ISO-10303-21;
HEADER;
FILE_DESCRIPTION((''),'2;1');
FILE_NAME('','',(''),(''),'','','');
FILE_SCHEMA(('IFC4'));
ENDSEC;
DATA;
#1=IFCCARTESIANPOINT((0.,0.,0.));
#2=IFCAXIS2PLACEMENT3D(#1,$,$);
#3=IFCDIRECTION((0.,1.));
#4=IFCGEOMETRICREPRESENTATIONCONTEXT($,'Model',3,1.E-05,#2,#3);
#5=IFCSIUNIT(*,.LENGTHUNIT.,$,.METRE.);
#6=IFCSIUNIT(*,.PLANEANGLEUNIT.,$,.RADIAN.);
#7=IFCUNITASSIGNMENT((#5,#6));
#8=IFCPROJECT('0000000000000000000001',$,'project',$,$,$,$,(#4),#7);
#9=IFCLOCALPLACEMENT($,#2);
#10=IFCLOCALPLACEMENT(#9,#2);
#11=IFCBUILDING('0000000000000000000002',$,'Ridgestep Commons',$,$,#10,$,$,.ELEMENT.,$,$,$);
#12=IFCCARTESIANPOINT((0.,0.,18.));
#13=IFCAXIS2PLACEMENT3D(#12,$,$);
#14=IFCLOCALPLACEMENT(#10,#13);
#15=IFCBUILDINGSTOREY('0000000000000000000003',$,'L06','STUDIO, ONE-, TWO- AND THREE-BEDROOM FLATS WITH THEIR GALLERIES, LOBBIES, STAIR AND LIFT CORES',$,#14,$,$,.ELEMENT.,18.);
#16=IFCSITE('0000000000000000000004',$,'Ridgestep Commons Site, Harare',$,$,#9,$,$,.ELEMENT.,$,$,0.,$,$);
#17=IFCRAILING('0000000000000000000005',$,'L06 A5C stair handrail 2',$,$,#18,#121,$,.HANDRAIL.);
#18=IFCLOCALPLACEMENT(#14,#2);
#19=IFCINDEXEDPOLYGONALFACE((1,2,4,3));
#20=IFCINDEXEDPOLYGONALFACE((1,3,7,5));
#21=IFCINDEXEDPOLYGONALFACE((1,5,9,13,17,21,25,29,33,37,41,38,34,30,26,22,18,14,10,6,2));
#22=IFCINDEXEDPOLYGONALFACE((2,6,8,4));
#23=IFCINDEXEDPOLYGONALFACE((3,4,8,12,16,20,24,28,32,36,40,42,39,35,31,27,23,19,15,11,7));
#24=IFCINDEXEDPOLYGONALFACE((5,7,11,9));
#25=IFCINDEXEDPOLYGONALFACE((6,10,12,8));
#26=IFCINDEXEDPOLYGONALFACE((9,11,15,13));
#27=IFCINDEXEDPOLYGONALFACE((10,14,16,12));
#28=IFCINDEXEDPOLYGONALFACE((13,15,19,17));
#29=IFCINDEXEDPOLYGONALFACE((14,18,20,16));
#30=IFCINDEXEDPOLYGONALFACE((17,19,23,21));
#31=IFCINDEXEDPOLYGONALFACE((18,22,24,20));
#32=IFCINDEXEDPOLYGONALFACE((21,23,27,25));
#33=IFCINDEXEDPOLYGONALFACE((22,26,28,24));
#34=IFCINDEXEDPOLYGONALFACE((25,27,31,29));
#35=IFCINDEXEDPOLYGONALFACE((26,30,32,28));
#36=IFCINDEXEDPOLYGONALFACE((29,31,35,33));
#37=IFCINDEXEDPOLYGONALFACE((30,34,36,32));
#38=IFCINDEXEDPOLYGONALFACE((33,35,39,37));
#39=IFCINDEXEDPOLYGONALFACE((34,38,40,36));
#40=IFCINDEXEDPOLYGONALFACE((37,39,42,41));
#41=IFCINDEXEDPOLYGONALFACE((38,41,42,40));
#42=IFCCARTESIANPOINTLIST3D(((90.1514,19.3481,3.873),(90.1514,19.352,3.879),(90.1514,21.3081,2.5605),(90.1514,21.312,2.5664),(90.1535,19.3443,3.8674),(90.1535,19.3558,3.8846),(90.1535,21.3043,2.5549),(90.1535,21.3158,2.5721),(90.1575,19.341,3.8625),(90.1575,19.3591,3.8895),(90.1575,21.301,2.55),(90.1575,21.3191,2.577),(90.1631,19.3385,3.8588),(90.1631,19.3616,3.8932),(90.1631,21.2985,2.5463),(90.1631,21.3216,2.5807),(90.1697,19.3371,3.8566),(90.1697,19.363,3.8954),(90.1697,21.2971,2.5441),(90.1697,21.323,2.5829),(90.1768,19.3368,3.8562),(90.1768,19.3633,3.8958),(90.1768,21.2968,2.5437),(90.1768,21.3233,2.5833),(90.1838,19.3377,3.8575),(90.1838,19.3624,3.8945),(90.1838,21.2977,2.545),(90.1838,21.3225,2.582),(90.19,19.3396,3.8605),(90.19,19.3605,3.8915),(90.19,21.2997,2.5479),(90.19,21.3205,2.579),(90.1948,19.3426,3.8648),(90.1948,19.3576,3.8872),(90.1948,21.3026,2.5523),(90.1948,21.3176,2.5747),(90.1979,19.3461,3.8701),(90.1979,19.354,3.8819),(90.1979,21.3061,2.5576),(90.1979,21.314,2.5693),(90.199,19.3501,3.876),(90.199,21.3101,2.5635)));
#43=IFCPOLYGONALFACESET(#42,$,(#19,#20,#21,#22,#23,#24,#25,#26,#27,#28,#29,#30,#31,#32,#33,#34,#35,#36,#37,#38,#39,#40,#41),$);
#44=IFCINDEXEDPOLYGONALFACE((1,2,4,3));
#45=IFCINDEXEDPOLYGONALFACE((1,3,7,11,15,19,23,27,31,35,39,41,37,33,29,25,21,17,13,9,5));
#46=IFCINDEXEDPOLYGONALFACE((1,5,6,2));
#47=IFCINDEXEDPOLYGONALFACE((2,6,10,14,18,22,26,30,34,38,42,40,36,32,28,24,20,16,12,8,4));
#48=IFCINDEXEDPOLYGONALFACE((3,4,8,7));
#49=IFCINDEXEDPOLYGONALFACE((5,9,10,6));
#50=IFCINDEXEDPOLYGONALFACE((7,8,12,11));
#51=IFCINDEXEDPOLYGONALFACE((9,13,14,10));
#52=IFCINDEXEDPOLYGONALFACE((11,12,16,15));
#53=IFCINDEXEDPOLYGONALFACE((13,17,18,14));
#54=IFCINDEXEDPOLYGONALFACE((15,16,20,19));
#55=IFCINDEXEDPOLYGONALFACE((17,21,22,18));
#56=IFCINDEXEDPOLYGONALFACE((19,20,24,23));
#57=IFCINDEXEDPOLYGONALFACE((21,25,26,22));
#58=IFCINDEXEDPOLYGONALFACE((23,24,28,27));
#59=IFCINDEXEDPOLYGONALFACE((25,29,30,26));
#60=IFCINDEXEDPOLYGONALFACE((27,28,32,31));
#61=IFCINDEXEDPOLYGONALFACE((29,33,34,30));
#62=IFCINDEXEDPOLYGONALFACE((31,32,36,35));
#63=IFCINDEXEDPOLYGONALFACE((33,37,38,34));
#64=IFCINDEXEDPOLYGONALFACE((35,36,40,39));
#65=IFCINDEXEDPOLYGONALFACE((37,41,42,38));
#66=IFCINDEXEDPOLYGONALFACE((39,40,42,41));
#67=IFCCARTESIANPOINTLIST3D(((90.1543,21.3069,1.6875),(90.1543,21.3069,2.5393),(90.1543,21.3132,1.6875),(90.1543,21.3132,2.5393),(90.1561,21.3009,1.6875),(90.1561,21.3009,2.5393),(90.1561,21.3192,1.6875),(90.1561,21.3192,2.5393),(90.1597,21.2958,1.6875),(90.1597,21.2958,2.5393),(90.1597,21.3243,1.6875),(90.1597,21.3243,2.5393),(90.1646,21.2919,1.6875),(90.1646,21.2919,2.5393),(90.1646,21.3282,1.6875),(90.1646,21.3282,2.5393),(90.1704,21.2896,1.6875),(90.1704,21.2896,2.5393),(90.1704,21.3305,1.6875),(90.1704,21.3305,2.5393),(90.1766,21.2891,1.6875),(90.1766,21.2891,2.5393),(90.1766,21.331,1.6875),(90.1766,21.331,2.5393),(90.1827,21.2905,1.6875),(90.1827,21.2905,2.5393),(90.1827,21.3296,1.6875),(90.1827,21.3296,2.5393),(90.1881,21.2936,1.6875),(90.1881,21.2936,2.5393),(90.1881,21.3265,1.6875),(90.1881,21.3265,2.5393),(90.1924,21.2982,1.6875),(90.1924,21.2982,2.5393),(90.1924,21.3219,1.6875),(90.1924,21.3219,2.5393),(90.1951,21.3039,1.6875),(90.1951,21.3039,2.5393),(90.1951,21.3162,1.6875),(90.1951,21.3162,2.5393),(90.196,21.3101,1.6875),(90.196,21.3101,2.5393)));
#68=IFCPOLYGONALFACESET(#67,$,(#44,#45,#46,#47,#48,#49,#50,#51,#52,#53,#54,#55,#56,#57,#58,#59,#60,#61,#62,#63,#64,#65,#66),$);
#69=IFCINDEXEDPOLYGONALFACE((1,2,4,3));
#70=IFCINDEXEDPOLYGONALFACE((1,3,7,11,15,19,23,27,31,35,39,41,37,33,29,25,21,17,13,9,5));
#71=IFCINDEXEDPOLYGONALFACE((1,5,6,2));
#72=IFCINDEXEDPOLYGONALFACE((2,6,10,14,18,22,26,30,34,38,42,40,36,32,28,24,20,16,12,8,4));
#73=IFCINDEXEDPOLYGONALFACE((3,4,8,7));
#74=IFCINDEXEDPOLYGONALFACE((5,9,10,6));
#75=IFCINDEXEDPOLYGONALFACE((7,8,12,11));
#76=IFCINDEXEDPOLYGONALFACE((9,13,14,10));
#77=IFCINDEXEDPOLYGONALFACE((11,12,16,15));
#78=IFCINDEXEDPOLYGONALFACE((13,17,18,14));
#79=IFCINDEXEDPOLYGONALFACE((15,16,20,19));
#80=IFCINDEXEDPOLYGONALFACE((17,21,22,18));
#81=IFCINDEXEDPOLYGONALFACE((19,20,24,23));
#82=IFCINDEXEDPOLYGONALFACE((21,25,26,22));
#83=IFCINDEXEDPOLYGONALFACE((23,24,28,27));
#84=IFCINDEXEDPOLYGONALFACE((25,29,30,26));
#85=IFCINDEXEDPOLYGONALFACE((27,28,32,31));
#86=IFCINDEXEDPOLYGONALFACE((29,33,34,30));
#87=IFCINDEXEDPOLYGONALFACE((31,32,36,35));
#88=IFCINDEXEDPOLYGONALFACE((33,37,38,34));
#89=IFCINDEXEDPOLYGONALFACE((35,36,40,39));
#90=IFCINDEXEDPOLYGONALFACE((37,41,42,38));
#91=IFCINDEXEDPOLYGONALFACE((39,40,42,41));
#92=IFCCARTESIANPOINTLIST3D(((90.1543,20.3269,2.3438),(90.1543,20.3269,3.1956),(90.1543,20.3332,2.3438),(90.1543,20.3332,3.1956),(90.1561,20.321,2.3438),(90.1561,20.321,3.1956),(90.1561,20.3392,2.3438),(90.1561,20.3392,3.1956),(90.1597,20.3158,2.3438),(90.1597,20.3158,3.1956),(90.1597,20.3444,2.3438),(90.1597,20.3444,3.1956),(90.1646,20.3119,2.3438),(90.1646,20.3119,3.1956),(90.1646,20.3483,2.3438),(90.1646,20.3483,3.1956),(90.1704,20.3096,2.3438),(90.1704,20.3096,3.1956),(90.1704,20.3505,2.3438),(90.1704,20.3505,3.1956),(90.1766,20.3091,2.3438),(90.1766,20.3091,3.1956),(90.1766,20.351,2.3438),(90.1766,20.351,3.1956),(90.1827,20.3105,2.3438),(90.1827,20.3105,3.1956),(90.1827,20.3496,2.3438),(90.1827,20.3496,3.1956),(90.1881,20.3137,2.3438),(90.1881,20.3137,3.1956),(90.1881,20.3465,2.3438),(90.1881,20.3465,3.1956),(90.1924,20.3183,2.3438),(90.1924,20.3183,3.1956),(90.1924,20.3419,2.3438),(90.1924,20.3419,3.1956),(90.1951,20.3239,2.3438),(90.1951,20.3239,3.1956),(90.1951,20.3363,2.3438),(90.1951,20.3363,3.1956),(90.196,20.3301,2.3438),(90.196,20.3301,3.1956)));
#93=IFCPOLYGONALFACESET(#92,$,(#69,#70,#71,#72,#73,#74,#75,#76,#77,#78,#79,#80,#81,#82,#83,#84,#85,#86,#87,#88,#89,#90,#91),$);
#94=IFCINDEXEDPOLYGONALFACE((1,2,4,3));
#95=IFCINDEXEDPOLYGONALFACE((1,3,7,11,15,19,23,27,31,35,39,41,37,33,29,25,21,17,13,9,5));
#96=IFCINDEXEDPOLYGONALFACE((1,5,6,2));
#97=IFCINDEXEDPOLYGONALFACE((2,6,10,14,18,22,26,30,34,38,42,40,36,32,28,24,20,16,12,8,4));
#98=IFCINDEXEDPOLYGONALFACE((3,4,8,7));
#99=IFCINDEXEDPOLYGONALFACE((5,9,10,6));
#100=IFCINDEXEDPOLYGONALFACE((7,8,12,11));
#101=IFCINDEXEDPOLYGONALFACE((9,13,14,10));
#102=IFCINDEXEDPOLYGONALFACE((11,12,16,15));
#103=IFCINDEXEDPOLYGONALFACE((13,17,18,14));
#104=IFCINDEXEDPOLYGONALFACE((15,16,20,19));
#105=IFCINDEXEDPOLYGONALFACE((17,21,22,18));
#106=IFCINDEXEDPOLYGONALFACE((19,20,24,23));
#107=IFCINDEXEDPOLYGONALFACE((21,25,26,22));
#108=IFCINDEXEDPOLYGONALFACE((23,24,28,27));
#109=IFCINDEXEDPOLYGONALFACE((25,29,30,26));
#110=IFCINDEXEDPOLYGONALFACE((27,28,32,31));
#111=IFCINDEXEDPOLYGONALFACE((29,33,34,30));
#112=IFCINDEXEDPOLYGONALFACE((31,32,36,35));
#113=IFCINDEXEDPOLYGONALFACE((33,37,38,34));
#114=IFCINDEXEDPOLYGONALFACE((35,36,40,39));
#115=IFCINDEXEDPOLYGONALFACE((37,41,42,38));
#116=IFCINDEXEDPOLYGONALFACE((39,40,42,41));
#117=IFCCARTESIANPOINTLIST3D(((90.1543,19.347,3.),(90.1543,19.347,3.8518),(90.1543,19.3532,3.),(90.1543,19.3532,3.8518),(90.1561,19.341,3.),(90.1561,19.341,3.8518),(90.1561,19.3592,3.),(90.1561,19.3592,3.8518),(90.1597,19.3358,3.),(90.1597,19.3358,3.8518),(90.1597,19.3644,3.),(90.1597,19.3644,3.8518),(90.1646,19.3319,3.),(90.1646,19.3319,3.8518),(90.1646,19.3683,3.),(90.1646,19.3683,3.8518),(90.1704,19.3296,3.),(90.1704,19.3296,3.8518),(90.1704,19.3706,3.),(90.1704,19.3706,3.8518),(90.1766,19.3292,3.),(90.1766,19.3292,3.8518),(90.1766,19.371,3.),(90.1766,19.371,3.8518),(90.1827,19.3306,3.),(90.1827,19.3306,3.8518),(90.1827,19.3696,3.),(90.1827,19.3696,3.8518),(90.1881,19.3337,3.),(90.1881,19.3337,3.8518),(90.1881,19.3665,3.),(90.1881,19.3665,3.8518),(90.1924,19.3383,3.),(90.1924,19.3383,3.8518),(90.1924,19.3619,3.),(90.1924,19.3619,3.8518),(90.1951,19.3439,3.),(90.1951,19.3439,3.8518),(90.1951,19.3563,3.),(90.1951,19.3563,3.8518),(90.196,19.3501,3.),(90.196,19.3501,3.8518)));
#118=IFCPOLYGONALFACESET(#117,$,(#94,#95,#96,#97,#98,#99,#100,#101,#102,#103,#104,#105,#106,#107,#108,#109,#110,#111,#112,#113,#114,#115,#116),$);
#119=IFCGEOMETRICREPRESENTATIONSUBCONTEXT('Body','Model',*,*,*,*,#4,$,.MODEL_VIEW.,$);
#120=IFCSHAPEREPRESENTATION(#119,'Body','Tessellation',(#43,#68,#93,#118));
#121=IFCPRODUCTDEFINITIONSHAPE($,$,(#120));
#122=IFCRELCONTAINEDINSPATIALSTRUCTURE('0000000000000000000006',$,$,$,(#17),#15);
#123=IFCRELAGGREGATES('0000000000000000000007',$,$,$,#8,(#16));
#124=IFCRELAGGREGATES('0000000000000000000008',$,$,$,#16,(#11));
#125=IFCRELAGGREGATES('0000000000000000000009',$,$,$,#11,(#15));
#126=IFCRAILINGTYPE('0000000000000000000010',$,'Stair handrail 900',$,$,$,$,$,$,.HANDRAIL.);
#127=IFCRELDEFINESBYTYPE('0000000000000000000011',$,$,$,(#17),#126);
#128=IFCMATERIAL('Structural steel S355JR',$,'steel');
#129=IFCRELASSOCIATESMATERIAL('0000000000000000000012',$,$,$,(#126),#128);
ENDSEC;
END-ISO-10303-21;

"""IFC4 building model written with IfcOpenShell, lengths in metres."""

from ifc_helpers import new_model, si_unit, direction, frame, origin, origin_2d, place, context, subcontext, project, spatial, circle, extrude, material, type_object, element, save


model = new_model("IFC4")

# Units and contexts
model_context = context("Model", 3, precision=1e-05, world=origin(), true_north=direction((0.0, 1.0)))
body_context = subcontext(model_context, "Body", "Model", "MODEL_VIEW")
ifc_project = project(units=[si_unit("LENGTHUNIT", "METRE"), si_unit("PLANEANGLEUNIT", "RADIAN")], contexts=[model_context])

# Site, building, storey
site_placement = place(None, origin())
site = spatial("IfcSite", under=ifc_project, at=site_placement, Name="Ridgestep Commons Site, Harare", CompositionType="ELEMENT", RefElevation=0.0)
building_placement = place(site_placement, origin())
building = spatial("IfcBuilding", under=site, at=building_placement, Name="Ridgestep Commons", CompositionType="ELEMENT")
storey_placement = place(building_placement, frame((0.0, 0.0, 18.0)))
storey = spatial("IfcBuildingStorey", under=building, at=storey_placement, Name="L06", Description="STUDIO, ONE-, TWO- AND THREE-BEDROOM FLATS WITH THEIR GALLERIES, LOBBIES, STAIR AND LIFT CORES", CompositionType="ELEMENT", Elevation=18.0)

# Railing
ifc_material_1 = material(Name="Structural steel S355JR", Category="steel")
railing_type_1 = type_object("IfcRailingType", Name="Stair handrail 900", PredefinedType="HANDRAIL", material=ifc_material_1)
railing_1_placement = place(storey_placement, frame((90.175, 21.3101, 1.6875)))
element("IfcRailing", 1, at=railing_1_placement, inside=storey, type_object=railing_type_1, Name="L06 A5C stair handrail 2", PredefinedType="HANDRAIL", context=body_context, shape_type="SweptSolid", body=[
    extrude(circle(Radius=0.0239, at=origin_2d()), frame((0.0, 0.0, 0.876), z_axis=(0.0, -0.830902, 0.556419), x_axis=(1.0, 0.0, 0.0)), (0.0, 0.0, 1.0), 2.3589),
    extrude(circle(Radius=0.021, at=origin_2d()), origin(), (0.0, 0.0, 1.0), 0.8518),
    extrude(circle(Radius=0.021, at=origin_2d()), frame((0.0, -0.98, 0.6562)), (0.0, 0.0, 1.0), 0.8518),
    extrude(circle(Radius=0.021, at=origin_2d()), frame((0.0, -1.96, 1.3125)), (0.0, 0.0, 1.0), 0.8518),
])

save(model, "model.ifc")
